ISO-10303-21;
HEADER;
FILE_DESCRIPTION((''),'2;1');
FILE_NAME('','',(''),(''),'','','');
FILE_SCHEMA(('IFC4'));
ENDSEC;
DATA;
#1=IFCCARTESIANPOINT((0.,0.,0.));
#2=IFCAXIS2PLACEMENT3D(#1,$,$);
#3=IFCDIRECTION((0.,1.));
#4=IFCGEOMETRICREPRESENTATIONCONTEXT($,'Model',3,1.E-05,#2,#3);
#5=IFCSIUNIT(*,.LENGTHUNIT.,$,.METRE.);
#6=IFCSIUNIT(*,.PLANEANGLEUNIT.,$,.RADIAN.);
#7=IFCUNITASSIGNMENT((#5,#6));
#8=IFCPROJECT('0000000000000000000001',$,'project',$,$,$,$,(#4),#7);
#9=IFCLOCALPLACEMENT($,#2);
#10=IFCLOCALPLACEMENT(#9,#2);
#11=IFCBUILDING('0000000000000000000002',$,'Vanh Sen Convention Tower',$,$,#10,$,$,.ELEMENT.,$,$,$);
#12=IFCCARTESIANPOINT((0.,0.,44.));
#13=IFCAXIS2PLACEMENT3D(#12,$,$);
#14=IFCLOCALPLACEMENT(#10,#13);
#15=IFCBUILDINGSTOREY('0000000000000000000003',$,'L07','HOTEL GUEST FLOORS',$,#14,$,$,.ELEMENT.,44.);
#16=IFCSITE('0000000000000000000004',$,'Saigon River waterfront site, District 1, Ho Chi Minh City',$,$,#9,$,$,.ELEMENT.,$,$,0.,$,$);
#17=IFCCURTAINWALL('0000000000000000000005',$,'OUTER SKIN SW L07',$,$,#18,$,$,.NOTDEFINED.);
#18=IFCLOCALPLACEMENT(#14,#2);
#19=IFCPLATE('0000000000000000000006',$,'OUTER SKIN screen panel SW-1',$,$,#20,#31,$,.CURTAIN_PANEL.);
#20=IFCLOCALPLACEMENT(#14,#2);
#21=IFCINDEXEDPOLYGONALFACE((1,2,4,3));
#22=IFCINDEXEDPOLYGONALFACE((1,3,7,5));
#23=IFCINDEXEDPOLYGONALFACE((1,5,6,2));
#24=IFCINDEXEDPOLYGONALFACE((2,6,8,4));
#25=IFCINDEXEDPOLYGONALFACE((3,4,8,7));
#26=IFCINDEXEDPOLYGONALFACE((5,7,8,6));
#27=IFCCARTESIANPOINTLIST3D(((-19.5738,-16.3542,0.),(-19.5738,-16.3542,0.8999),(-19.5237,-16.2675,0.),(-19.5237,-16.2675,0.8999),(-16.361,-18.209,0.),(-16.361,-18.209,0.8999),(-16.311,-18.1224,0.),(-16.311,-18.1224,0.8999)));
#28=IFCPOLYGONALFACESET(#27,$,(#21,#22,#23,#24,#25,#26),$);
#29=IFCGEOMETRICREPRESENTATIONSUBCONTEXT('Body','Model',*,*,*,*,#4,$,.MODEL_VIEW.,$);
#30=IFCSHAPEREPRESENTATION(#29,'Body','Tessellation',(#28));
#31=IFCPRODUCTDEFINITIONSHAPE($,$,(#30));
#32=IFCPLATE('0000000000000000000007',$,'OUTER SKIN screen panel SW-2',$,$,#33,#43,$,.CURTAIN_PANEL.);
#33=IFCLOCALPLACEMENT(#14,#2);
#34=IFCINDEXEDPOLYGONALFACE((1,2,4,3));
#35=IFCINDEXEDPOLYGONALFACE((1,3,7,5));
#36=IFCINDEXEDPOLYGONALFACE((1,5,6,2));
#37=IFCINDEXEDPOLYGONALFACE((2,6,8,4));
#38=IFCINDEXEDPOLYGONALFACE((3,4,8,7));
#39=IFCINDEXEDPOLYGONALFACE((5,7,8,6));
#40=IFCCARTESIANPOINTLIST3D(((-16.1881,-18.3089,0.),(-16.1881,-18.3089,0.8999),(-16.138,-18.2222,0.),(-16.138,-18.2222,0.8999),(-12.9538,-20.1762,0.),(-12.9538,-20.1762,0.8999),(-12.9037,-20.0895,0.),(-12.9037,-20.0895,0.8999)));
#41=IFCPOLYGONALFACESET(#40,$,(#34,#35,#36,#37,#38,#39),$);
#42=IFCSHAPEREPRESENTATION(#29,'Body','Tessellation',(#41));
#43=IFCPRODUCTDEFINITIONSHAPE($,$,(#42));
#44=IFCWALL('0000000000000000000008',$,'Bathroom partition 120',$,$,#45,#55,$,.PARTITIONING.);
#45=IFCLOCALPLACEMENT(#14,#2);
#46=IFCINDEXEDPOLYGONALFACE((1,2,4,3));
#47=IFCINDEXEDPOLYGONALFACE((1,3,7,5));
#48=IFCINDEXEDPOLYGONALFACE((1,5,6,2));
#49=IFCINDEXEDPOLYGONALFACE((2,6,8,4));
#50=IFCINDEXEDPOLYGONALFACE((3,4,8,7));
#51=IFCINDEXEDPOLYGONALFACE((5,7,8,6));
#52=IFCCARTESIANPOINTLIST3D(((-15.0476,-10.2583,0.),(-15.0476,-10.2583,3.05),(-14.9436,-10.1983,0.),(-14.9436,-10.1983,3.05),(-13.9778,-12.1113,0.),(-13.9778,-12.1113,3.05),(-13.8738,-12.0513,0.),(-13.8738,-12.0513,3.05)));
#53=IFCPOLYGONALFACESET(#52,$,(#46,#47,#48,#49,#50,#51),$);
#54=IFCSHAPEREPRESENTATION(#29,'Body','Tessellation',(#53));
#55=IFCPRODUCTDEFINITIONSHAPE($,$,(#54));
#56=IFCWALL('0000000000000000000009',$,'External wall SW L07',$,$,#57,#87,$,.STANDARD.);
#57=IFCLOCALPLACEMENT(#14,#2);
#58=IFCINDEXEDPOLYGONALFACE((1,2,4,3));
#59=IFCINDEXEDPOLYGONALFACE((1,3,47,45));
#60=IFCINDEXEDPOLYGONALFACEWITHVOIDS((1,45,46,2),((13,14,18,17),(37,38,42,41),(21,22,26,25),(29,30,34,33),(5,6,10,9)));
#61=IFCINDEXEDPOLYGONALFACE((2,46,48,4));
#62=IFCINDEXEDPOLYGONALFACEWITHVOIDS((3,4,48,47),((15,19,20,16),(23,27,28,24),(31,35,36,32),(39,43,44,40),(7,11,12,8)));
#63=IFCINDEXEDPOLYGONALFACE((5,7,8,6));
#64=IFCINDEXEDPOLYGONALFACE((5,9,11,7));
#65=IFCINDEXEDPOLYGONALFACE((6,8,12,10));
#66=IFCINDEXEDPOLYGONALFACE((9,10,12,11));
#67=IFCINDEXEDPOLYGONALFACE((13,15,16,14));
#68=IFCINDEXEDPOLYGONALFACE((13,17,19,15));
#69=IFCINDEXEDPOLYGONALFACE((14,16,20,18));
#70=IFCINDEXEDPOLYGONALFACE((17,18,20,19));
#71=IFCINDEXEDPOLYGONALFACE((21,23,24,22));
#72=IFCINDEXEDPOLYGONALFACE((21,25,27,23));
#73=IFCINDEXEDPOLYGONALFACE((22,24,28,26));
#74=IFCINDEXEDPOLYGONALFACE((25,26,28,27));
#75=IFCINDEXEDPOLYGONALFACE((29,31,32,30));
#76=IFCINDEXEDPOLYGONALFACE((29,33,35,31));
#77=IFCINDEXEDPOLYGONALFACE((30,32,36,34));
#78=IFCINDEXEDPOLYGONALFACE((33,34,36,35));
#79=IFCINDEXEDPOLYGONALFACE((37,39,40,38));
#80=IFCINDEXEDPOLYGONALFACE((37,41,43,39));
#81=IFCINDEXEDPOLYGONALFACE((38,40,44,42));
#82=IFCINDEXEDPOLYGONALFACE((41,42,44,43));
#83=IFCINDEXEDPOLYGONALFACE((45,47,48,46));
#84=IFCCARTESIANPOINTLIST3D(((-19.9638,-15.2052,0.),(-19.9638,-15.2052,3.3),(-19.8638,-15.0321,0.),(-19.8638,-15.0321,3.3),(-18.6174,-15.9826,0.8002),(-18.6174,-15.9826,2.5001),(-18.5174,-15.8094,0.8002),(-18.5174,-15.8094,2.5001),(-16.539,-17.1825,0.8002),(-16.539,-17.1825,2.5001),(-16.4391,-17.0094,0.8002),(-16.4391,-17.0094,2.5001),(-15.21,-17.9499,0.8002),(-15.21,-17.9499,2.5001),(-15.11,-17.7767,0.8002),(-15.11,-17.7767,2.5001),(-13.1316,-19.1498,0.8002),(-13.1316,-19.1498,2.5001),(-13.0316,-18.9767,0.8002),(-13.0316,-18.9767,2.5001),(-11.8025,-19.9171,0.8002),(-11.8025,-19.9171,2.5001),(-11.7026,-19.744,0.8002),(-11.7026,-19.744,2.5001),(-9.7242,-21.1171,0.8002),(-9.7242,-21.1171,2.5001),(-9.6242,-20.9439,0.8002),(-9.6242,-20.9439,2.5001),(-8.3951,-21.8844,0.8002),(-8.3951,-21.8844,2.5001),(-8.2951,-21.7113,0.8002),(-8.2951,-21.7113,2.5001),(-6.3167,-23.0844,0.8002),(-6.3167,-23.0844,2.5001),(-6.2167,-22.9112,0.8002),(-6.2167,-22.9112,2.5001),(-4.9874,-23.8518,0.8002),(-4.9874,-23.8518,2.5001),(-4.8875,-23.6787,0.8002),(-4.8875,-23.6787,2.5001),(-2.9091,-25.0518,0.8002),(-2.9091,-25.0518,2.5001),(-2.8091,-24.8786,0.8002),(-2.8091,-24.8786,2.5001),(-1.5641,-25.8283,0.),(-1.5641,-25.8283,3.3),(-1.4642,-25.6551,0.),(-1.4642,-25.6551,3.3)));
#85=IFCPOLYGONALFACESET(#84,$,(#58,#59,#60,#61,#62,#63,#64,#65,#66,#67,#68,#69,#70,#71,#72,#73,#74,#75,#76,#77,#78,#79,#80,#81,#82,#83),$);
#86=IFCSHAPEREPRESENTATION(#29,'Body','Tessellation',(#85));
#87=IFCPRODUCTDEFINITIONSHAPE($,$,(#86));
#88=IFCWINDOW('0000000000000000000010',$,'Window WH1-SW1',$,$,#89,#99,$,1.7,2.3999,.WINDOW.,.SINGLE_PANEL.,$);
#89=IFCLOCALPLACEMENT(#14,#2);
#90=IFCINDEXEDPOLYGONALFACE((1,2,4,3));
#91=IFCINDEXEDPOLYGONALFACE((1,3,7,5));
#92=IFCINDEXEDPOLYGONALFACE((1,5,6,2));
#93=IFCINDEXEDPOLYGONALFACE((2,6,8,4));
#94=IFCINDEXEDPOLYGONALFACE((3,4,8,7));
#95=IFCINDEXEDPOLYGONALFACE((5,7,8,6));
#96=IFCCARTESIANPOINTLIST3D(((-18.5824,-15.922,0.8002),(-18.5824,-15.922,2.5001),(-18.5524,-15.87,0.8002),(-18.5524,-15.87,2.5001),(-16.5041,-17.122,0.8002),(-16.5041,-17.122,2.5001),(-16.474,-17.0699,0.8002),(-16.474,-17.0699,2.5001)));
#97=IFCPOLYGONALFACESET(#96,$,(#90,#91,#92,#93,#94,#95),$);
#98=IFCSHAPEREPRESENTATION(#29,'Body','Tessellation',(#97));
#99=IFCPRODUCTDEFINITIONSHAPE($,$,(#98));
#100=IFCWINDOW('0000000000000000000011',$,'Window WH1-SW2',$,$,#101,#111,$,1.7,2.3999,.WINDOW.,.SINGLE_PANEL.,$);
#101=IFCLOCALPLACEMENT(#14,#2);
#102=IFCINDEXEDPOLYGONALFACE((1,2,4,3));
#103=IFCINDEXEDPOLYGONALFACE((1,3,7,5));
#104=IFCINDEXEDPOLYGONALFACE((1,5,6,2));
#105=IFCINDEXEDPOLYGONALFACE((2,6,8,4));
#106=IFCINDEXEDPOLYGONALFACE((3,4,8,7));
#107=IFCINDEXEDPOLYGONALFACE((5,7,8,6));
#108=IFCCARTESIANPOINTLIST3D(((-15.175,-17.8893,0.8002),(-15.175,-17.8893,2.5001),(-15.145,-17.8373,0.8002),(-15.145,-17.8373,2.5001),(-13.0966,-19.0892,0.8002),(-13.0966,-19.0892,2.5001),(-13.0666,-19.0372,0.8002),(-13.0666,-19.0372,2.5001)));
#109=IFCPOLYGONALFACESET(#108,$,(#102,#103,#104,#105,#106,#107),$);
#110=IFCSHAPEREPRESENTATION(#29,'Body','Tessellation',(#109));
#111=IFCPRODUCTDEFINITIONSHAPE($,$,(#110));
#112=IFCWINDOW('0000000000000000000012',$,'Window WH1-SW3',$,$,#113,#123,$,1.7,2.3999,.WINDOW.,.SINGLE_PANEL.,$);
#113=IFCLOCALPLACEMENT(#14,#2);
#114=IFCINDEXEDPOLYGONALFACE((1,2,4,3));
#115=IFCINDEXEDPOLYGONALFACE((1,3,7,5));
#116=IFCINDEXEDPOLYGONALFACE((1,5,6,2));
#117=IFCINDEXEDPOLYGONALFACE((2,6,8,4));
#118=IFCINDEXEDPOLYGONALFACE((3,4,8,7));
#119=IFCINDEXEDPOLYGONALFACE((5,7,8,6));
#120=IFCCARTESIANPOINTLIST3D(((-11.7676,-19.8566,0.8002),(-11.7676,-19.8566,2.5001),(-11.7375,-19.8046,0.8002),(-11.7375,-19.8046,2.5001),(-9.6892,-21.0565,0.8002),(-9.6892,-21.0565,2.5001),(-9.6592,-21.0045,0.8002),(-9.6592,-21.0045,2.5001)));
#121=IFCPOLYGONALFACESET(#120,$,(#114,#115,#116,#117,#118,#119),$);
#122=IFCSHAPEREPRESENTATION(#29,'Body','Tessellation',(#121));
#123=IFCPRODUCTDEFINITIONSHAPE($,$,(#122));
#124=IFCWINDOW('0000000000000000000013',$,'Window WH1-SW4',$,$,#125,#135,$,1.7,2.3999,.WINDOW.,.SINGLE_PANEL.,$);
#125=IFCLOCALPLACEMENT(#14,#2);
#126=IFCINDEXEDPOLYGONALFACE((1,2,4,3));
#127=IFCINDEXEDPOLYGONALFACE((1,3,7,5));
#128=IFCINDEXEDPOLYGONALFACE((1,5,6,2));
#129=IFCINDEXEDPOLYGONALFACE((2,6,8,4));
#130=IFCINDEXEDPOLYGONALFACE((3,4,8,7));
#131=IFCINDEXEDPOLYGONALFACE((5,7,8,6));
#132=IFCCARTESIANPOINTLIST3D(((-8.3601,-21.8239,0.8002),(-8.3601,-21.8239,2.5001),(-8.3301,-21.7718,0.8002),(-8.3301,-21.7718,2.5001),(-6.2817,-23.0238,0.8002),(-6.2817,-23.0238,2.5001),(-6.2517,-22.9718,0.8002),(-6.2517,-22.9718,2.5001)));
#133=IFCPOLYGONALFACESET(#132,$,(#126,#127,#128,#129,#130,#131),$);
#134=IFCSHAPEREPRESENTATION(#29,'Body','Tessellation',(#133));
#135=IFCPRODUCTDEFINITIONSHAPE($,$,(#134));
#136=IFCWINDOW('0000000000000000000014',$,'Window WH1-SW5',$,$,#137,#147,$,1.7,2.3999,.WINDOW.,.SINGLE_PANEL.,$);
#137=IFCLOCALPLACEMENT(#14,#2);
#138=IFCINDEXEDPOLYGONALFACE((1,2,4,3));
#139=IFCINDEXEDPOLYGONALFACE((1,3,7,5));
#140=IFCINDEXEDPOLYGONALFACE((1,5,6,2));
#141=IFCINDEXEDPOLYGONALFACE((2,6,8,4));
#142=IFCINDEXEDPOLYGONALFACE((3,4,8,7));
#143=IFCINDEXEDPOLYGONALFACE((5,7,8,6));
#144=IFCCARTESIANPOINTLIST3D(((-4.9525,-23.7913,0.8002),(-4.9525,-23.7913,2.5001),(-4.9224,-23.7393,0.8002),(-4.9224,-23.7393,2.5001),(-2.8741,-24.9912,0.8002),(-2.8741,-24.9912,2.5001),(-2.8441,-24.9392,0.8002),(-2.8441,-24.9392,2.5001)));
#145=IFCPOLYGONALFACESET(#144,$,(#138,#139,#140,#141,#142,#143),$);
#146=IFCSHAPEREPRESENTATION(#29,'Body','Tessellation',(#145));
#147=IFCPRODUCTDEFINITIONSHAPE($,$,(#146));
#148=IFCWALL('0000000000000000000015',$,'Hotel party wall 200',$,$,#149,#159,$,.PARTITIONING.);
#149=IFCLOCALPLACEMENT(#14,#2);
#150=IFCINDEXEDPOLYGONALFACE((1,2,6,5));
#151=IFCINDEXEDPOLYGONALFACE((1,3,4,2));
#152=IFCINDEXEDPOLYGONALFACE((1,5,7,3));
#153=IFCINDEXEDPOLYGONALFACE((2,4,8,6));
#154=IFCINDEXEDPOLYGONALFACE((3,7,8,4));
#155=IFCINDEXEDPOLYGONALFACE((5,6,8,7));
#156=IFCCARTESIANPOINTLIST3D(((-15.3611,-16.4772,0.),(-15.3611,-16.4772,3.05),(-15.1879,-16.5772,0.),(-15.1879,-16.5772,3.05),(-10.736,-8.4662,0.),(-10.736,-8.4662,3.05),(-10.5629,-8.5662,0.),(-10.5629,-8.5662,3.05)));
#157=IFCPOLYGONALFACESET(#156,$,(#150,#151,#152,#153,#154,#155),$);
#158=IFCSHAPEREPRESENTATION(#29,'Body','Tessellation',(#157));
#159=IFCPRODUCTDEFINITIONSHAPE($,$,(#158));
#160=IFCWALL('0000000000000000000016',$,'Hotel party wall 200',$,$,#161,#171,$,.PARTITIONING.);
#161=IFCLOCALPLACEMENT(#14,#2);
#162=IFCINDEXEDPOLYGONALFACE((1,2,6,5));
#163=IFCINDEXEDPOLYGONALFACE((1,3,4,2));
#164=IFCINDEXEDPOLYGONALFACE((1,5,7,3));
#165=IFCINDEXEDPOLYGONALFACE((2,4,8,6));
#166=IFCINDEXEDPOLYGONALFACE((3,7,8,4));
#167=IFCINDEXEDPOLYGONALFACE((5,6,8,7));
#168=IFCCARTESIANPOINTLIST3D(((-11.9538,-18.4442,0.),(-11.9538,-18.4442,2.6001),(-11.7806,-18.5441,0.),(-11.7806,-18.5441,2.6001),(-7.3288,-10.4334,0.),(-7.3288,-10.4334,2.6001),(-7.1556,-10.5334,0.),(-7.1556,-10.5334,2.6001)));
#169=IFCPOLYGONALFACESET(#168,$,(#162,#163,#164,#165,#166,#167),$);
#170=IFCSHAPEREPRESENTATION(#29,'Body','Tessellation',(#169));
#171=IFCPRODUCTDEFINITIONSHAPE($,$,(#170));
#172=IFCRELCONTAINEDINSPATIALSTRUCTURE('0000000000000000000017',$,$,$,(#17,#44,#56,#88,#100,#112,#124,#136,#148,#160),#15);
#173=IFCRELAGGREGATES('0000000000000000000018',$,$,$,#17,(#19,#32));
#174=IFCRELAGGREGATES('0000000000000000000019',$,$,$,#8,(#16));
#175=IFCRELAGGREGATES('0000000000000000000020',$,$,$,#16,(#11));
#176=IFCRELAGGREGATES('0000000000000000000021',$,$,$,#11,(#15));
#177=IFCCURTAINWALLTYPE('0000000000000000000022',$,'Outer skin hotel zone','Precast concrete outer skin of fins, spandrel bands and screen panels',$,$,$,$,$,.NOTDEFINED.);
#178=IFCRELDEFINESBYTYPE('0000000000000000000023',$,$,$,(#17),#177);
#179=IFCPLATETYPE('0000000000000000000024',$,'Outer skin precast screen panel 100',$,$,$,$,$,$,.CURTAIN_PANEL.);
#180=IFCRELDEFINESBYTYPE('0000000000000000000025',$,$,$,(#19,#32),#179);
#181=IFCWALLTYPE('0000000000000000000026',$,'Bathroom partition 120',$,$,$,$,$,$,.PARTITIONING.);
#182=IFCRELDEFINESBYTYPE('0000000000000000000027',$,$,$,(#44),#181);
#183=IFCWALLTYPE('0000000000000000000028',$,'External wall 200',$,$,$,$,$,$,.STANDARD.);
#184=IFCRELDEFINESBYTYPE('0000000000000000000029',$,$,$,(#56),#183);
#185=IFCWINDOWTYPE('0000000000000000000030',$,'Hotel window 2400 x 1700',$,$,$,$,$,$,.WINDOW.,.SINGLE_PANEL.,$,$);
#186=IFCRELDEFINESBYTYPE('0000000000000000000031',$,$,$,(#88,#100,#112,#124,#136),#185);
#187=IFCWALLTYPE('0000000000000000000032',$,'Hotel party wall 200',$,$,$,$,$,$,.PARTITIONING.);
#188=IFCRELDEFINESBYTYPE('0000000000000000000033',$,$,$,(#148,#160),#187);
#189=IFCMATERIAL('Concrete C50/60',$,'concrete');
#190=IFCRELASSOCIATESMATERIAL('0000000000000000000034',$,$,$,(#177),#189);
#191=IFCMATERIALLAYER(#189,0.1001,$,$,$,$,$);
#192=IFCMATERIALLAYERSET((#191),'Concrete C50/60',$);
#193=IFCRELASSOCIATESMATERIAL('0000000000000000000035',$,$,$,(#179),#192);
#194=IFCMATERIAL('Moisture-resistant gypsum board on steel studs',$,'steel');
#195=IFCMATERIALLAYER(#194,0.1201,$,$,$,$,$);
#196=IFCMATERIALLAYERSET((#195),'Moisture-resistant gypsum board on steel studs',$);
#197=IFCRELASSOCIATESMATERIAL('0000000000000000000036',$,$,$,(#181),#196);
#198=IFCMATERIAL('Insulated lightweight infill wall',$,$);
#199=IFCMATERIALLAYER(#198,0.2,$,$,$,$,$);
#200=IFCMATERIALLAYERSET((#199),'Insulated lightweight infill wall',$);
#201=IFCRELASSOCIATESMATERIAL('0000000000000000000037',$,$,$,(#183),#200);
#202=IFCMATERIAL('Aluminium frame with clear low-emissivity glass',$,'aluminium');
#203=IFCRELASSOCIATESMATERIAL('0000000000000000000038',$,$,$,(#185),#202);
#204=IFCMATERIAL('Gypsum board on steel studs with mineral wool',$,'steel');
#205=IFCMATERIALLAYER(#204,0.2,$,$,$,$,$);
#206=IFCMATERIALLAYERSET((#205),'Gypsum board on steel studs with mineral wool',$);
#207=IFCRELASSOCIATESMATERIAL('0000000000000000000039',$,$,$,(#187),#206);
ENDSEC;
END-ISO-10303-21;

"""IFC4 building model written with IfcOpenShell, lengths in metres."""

from ifc_helpers import new_model, si_unit, direction, frame, frame_2d, origin, origin_2d, place, context, subcontext, project, spatial, rectangle, extrude, material, layer, layer_set, type_object, element, fill, aggregate, save


model = new_model("IFC4")

# Units and contexts
model_context = context("Model", 3, precision=1e-05, world=origin(), true_north=direction((0.0, 1.0)))
body_context = subcontext(model_context, "Body", "Model", "MODEL_VIEW")
ifc_project = project(units=[si_unit("LENGTHUNIT", "METRE"), si_unit("PLANEANGLEUNIT", "RADIAN")], contexts=[model_context])

# Site, building, storey
site_placement = place(None, origin())
site = spatial("IfcSite", under=ifc_project, at=site_placement, Name="Saigon River waterfront site, District 1, Ho Chi Minh City", CompositionType="ELEMENT", RefElevation=0.0)
building_placement = place(site_placement, origin())
building = spatial("IfcBuilding", under=site, at=building_placement, Name="Vanh Sen Convention Tower", CompositionType="ELEMENT")
storey_placement = place(building_placement, frame((0.0, 0.0, 44.0)))
storey = spatial("IfcBuildingStorey", under=building, at=storey_placement, Name="L07", Description="HOTEL GUEST FLOORS", CompositionType="ELEMENT", Elevation=44.0)

# Curtain wall
ifc_material_1 = material(Name="Concrete C50/60", Category="concrete")
curtain_wall_type = type_object("IfcCurtainWallType", Name="Outer skin hotel zone", Description="Precast concrete outer skin of fins, spandrel bands and screen panels", PredefinedType="NOTDEFINED", material=ifc_material_1)
curtain_wall_1_placement = place(storey_placement, origin())
curtain_wall_1 = element("IfcCurtainWall", 1, at=curtain_wall_1_placement, inside=storey, type_object=curtain_wall_type, Name="OUTER SKIN SW L07", PredefinedType="NOTDEFINED")

# Shared definitions
ifc_layer_1 = layer(ifc_material_1, 0.1001)
ifc_layer_set_1 = layer_set([ifc_layer_1], Name="Concrete C50/60")
plate_type = type_object("IfcPlateType", Name="Outer skin precast screen panel 100", PredefinedType="CURTAIN_PANEL", material=ifc_layer_set_1)

# Plates
plate_1_placement = place(storey_placement, frame((-17.9424, -17.2383, 0.0), z_axis=(0.0, 0.0, 1.0), x_axis=(0.866028, -0.499995, 0.0)))
plate_1 = element("IfcPlate", 2, at=plate_1_placement, type_object=plate_type, Name="OUTER SKIN screen panel SW-1", PredefinedType="CURTAIN_PANEL", context=body_context, shape_type="SweptSolid", body=[
    extrude(rectangle(XDim=3.7097, YDim=0.1001, at=origin_2d()), origin(), (0.0, 0.0, 1.0), 0.8999),
])
plate_2_placement = place(storey_placement, frame((-14.5459, -19.1992, 0.0), z_axis=(0.0, 0.0, 1.0), x_axis=(0.866032, -0.499988, 0.0)))
plate_2 = element("IfcPlate", 3, at=plate_2_placement, type_object=plate_type, Name="OUTER SKIN screen panel SW-2", PredefinedType="CURTAIN_PANEL", context=body_context, shape_type="SweptSolid", body=[
    extrude(rectangle(XDim=3.7346, YDim=0.1001, at=origin_2d()), origin(), (0.0, 0.0, 1.0), 0.8999),
])
aggregate(curtain_wall_1, [plate_1, plate_2])

# Wall
ifc_material_2 = material(Name="Moisture-resistant gypsum board on steel studs", Category="steel")
ifc_layer_2 = layer(ifc_material_2, 0.1201)
ifc_layer_set_2 = layer_set([ifc_layer_2], Name="Moisture-resistant gypsum board on steel studs")
wall_type_1 = type_object("IfcWallType", Name="Bathroom partition 120", PredefinedType="PARTITIONING", material=ifc_layer_set_2)
wall_1_placement = place(storey_placement, frame((-13.9258, -12.0813, 0.0), z_axis=(0.0, 0.0, 1.0), x_axis=(-0.499992, 0.86603, 0.0)))
element("IfcWall", 4, at=wall_1_placement, inside=storey, type_object=wall_type_1, Name="Bathroom partition 120", PredefinedType="PARTITIONING", context=body_context, shape_type="SweptSolid", body=[
    extrude(rectangle(XDim=2.1396, YDim=0.1201, at=frame_2d((1.0698, 0.0))), origin(), (0.0, 0.0, 1.0), 3.05),
])

# Wall, openings, windows
ifc_material_3 = material(Name="Insulated lightweight infill wall")
ifc_layer_3 = layer(ifc_material_3, 0.2)
ifc_layer_set_3 = layer_set([ifc_layer_3], Name="Insulated lightweight infill wall")
wall_type_2 = type_object("IfcWallType", Name="External wall 200", PredefinedType="STANDARD", material=ifc_layer_set_3)
wall_2_placement = place(storey_placement, frame((-19.9138, -15.1187, 0.0), z_axis=(0.0, 0.0, 1.0), x_axis=(0.866025, -0.5, 0.0)))
wall_2 = element("IfcWall", 5, at=wall_2_placement, inside=storey, type_object=wall_type_2, Name="External wall SW L07", PredefinedType="STANDARD", context=body_context, shape_type="SweptSolid", body=[
    extrude(rectangle(XDim=21.2461, YDim=0.2, at=frame_2d((10.623, 0.0))), origin(), (0.0, 0.0, 1.0), 3.3),
])
opening_1_placement = place(wall_2_placement, frame((1.5547, 0.0, 0.8)))
opening_1 = element("IfcOpeningElement", 6, at=opening_1_placement, cuts=wall_2, PredefinedType="OPENING", context=body_context, shape_type="SweptSolid", body=[
    extrude(rectangle(XDim=2.3999, YDim=1.7, at=frame_2d((1.2, 0.8501))), frame((0.0, 0.1099, 0.0), z_axis=(0.0, -1.0, 0.0), x_axis=(1.0, 0.0, 0.0)), (0.0, 0.0, 1.0), 0.22),
])
opening_2_placement = place(wall_2_placement, frame((5.4893, 0.0, 0.8)))
opening_2 = element("IfcOpeningElement", 7, at=opening_2_placement, cuts=wall_2, PredefinedType="OPENING", context=body_context, shape_type="SweptSolid", body=[
    extrude(rectangle(XDim=2.3999, YDim=1.7, at=frame_2d((1.2, 0.8501))), frame((0.0, 0.1099, 0.0), z_axis=(0.0, -1.0, 0.0), x_axis=(1.0, 0.0, 0.0)), (0.0, 0.0, 1.0), 0.22),
])
opening_3_placement = place(wall_2_placement, frame((9.4238, 0.0, 0.8)))
opening_3 = element("IfcOpeningElement", 8, at=opening_3_placement, cuts=wall_2, PredefinedType="OPENING", context=body_context, shape_type="SweptSolid", body=[
    extrude(rectangle(XDim=2.3999, YDim=1.7, at=frame_2d((1.2, 0.8501))), frame((0.0, 0.1099, 0.0), z_axis=(0.0, -1.0, 0.0), x_axis=(1.0, 0.0, 0.0)), (0.0, 0.0, 1.0), 0.22),
])
opening_4_placement = place(wall_2_placement, frame((13.3584, 0.0, 0.8)))
opening_4 = element("IfcOpeningElement", 9, at=opening_4_placement, cuts=wall_2, PredefinedType="OPENING", context=body_context, shape_type="SweptSolid", body=[
    extrude(rectangle(XDim=2.3999, YDim=1.7, at=frame_2d((1.2, 0.8501))), frame((0.0, 0.1099, 0.0), z_axis=(0.0, -1.0, 0.0), x_axis=(1.0, 0.0, 0.0)), (0.0, 0.0, 1.0), 0.22),
])
opening_5_placement = place(wall_2_placement, frame((17.2932, 0.0, 0.8)))
opening_5 = element("IfcOpeningElement", 10, at=opening_5_placement, cuts=wall_2, PredefinedType="OPENING", context=body_context, shape_type="SweptSolid", body=[
    extrude(rectangle(XDim=2.3999, YDim=1.7, at=frame_2d((1.2, 0.8501))), frame((0.0, 0.1099, 0.0), z_axis=(0.0, -1.0, 0.0), x_axis=(1.0, 0.0, 0.0)), (0.0, 0.0, 1.0), 0.22),
])
ifc_material_4 = material(Name="Aluminium frame with clear low-emissivity glass", Category="aluminium")
window_type = type_object("IfcWindowType", Name="Hotel window 2400 x 1700", PartitioningType="SINGLE_PANEL", PredefinedType="WINDOW", material=ifc_material_4)
window_1_placement = place(opening_1_placement, origin())
window_1 = element("IfcWindow", 11, at=window_1_placement, inside=storey, type_object=window_type, Name="Window WH1-SW1", OverallHeight=1.7, OverallWidth=2.3999, PartitioningType="SINGLE_PANEL", PredefinedType="WINDOW", context=body_context, shape_type="SweptSolid", body=[
    extrude(rectangle(XDim=2.3999, YDim=1.7, at=frame_2d((1.2, 0.8501))), frame((0.0, 0.03, 0.0), z_axis=(0.0, -1.0, 0.0), x_axis=(1.0, 0.0, 0.0)), (0.0, 0.0, 1.0), 0.0601),
])
fill(opening_1, window_1)
window_2_placement = place(opening_2_placement, origin())
window_2 = element("IfcWindow", 12, at=window_2_placement, inside=storey, type_object=window_type, Name="Window WH1-SW2", OverallHeight=1.7, OverallWidth=2.3999, PartitioningType="SINGLE_PANEL", PredefinedType="WINDOW", context=body_context, shape_type="SweptSolid", body=[
    extrude(rectangle(XDim=2.3999, YDim=1.7, at=frame_2d((1.2, 0.8501))), frame((0.0, 0.03, 0.0), z_axis=(0.0, -1.0, 0.0), x_axis=(1.0, 0.0, 0.0)), (0.0, 0.0, 1.0), 0.0601),
])
fill(opening_2, window_2)
window_3_placement = place(opening_3_placement, origin())
window_3 = element("IfcWindow", 13, at=window_3_placement, inside=storey, type_object=window_type, Name="Window WH1-SW3", OverallHeight=1.7, OverallWidth=2.3999, PartitioningType="SINGLE_PANEL", PredefinedType="WINDOW", context=body_context, shape_type="SweptSolid", body=[
    extrude(rectangle(XDim=2.3999, YDim=1.7, at=frame_2d((1.2, 0.8501))), frame((0.0, 0.03, 0.0), z_axis=(0.0, -1.0, 0.0), x_axis=(1.0, 0.0, 0.0)), (0.0, 0.0, 1.0), 0.0601),
])
fill(opening_3, window_3)
window_4_placement = place(opening_4_placement, origin())
window_4 = element("IfcWindow", 14, at=window_4_placement, inside=storey, type_object=window_type, Name="Window WH1-SW4", OverallHeight=1.7, OverallWidth=2.3999, PartitioningType="SINGLE_PANEL", PredefinedType="WINDOW", context=body_context, shape_type="SweptSolid", body=[
    extrude(rectangle(XDim=2.3999, YDim=1.7, at=frame_2d((1.2, 0.8501))), frame((0.0, 0.03, 0.0), z_axis=(0.0, -1.0, 0.0), x_axis=(1.0, 0.0, 0.0)), (0.0, 0.0, 1.0), 0.0601),
])
fill(opening_4, window_4)
window_5_placement = place(opening_5_placement, origin())
window_5 = element("IfcWindow", 15, at=window_5_placement, inside=storey, type_object=window_type, Name="Window WH1-SW5", OverallHeight=1.7, OverallWidth=2.3999, PartitioningType="SINGLE_PANEL", PredefinedType="WINDOW", context=body_context, shape_type="SweptSolid", body=[
    extrude(rectangle(XDim=2.3999, YDim=1.7, at=frame_2d((1.2, 0.8501))), frame((0.0, 0.03, 0.0), z_axis=(0.0, -1.0, 0.0), x_axis=(1.0, 0.0, 0.0)), (0.0, 0.0, 1.0), 0.0601),
])
fill(opening_5, window_5)

# Walls
ifc_material_5 = material(Name="Gypsum board on steel studs with mineral wool", Category="steel")
ifc_layer_4 = layer(ifc_material_5, 0.2)
ifc_layer_set_4 = layer_set([ifc_layer_4], Name="Gypsum board on steel studs with mineral wool")
wall_type_3 = type_object("IfcWallType", Name="Hotel party wall 200", PredefinedType="PARTITIONING", material=ifc_layer_set_4)
wall_3_placement = place(storey_placement, frame((-15.2744, -16.5271, 0.0), z_axis=(0.0, 0.0, 1.0), x_axis=(0.499988, 0.866032, 0.0)))
element("IfcWall", 16, at=wall_3_placement, inside=storey, type_object=wall_type_3, Name="Hotel party wall 200", PredefinedType="PARTITIONING", context=body_context, shape_type="SweptSolid", body=[
    extrude(rectangle(XDim=9.2502, YDim=0.2, at=frame_2d((4.625, 0.0))), origin(), (0.0, 0.0, 1.0), 3.05),
])
wall_4_placement = place(storey_placement, frame((-11.8672, -18.4941, 0.0), z_axis=(0.0, 0.0, 1.0), x_axis=(0.5, 0.866026, 0.0)))
element("IfcWall", 17, at=wall_4_placement, inside=storey, type_object=wall_type_3, Name="Hotel party wall 200", PredefinedType="PARTITIONING", context=body_context, shape_type="SweptSolid", body=[
    extrude(rectangle(XDim=9.25, YDim=0.2, at=frame_2d((4.625, 0.0))), origin(), (0.0, 0.0, 1.0), 2.6001),
])

save(model, "model.ifc")
